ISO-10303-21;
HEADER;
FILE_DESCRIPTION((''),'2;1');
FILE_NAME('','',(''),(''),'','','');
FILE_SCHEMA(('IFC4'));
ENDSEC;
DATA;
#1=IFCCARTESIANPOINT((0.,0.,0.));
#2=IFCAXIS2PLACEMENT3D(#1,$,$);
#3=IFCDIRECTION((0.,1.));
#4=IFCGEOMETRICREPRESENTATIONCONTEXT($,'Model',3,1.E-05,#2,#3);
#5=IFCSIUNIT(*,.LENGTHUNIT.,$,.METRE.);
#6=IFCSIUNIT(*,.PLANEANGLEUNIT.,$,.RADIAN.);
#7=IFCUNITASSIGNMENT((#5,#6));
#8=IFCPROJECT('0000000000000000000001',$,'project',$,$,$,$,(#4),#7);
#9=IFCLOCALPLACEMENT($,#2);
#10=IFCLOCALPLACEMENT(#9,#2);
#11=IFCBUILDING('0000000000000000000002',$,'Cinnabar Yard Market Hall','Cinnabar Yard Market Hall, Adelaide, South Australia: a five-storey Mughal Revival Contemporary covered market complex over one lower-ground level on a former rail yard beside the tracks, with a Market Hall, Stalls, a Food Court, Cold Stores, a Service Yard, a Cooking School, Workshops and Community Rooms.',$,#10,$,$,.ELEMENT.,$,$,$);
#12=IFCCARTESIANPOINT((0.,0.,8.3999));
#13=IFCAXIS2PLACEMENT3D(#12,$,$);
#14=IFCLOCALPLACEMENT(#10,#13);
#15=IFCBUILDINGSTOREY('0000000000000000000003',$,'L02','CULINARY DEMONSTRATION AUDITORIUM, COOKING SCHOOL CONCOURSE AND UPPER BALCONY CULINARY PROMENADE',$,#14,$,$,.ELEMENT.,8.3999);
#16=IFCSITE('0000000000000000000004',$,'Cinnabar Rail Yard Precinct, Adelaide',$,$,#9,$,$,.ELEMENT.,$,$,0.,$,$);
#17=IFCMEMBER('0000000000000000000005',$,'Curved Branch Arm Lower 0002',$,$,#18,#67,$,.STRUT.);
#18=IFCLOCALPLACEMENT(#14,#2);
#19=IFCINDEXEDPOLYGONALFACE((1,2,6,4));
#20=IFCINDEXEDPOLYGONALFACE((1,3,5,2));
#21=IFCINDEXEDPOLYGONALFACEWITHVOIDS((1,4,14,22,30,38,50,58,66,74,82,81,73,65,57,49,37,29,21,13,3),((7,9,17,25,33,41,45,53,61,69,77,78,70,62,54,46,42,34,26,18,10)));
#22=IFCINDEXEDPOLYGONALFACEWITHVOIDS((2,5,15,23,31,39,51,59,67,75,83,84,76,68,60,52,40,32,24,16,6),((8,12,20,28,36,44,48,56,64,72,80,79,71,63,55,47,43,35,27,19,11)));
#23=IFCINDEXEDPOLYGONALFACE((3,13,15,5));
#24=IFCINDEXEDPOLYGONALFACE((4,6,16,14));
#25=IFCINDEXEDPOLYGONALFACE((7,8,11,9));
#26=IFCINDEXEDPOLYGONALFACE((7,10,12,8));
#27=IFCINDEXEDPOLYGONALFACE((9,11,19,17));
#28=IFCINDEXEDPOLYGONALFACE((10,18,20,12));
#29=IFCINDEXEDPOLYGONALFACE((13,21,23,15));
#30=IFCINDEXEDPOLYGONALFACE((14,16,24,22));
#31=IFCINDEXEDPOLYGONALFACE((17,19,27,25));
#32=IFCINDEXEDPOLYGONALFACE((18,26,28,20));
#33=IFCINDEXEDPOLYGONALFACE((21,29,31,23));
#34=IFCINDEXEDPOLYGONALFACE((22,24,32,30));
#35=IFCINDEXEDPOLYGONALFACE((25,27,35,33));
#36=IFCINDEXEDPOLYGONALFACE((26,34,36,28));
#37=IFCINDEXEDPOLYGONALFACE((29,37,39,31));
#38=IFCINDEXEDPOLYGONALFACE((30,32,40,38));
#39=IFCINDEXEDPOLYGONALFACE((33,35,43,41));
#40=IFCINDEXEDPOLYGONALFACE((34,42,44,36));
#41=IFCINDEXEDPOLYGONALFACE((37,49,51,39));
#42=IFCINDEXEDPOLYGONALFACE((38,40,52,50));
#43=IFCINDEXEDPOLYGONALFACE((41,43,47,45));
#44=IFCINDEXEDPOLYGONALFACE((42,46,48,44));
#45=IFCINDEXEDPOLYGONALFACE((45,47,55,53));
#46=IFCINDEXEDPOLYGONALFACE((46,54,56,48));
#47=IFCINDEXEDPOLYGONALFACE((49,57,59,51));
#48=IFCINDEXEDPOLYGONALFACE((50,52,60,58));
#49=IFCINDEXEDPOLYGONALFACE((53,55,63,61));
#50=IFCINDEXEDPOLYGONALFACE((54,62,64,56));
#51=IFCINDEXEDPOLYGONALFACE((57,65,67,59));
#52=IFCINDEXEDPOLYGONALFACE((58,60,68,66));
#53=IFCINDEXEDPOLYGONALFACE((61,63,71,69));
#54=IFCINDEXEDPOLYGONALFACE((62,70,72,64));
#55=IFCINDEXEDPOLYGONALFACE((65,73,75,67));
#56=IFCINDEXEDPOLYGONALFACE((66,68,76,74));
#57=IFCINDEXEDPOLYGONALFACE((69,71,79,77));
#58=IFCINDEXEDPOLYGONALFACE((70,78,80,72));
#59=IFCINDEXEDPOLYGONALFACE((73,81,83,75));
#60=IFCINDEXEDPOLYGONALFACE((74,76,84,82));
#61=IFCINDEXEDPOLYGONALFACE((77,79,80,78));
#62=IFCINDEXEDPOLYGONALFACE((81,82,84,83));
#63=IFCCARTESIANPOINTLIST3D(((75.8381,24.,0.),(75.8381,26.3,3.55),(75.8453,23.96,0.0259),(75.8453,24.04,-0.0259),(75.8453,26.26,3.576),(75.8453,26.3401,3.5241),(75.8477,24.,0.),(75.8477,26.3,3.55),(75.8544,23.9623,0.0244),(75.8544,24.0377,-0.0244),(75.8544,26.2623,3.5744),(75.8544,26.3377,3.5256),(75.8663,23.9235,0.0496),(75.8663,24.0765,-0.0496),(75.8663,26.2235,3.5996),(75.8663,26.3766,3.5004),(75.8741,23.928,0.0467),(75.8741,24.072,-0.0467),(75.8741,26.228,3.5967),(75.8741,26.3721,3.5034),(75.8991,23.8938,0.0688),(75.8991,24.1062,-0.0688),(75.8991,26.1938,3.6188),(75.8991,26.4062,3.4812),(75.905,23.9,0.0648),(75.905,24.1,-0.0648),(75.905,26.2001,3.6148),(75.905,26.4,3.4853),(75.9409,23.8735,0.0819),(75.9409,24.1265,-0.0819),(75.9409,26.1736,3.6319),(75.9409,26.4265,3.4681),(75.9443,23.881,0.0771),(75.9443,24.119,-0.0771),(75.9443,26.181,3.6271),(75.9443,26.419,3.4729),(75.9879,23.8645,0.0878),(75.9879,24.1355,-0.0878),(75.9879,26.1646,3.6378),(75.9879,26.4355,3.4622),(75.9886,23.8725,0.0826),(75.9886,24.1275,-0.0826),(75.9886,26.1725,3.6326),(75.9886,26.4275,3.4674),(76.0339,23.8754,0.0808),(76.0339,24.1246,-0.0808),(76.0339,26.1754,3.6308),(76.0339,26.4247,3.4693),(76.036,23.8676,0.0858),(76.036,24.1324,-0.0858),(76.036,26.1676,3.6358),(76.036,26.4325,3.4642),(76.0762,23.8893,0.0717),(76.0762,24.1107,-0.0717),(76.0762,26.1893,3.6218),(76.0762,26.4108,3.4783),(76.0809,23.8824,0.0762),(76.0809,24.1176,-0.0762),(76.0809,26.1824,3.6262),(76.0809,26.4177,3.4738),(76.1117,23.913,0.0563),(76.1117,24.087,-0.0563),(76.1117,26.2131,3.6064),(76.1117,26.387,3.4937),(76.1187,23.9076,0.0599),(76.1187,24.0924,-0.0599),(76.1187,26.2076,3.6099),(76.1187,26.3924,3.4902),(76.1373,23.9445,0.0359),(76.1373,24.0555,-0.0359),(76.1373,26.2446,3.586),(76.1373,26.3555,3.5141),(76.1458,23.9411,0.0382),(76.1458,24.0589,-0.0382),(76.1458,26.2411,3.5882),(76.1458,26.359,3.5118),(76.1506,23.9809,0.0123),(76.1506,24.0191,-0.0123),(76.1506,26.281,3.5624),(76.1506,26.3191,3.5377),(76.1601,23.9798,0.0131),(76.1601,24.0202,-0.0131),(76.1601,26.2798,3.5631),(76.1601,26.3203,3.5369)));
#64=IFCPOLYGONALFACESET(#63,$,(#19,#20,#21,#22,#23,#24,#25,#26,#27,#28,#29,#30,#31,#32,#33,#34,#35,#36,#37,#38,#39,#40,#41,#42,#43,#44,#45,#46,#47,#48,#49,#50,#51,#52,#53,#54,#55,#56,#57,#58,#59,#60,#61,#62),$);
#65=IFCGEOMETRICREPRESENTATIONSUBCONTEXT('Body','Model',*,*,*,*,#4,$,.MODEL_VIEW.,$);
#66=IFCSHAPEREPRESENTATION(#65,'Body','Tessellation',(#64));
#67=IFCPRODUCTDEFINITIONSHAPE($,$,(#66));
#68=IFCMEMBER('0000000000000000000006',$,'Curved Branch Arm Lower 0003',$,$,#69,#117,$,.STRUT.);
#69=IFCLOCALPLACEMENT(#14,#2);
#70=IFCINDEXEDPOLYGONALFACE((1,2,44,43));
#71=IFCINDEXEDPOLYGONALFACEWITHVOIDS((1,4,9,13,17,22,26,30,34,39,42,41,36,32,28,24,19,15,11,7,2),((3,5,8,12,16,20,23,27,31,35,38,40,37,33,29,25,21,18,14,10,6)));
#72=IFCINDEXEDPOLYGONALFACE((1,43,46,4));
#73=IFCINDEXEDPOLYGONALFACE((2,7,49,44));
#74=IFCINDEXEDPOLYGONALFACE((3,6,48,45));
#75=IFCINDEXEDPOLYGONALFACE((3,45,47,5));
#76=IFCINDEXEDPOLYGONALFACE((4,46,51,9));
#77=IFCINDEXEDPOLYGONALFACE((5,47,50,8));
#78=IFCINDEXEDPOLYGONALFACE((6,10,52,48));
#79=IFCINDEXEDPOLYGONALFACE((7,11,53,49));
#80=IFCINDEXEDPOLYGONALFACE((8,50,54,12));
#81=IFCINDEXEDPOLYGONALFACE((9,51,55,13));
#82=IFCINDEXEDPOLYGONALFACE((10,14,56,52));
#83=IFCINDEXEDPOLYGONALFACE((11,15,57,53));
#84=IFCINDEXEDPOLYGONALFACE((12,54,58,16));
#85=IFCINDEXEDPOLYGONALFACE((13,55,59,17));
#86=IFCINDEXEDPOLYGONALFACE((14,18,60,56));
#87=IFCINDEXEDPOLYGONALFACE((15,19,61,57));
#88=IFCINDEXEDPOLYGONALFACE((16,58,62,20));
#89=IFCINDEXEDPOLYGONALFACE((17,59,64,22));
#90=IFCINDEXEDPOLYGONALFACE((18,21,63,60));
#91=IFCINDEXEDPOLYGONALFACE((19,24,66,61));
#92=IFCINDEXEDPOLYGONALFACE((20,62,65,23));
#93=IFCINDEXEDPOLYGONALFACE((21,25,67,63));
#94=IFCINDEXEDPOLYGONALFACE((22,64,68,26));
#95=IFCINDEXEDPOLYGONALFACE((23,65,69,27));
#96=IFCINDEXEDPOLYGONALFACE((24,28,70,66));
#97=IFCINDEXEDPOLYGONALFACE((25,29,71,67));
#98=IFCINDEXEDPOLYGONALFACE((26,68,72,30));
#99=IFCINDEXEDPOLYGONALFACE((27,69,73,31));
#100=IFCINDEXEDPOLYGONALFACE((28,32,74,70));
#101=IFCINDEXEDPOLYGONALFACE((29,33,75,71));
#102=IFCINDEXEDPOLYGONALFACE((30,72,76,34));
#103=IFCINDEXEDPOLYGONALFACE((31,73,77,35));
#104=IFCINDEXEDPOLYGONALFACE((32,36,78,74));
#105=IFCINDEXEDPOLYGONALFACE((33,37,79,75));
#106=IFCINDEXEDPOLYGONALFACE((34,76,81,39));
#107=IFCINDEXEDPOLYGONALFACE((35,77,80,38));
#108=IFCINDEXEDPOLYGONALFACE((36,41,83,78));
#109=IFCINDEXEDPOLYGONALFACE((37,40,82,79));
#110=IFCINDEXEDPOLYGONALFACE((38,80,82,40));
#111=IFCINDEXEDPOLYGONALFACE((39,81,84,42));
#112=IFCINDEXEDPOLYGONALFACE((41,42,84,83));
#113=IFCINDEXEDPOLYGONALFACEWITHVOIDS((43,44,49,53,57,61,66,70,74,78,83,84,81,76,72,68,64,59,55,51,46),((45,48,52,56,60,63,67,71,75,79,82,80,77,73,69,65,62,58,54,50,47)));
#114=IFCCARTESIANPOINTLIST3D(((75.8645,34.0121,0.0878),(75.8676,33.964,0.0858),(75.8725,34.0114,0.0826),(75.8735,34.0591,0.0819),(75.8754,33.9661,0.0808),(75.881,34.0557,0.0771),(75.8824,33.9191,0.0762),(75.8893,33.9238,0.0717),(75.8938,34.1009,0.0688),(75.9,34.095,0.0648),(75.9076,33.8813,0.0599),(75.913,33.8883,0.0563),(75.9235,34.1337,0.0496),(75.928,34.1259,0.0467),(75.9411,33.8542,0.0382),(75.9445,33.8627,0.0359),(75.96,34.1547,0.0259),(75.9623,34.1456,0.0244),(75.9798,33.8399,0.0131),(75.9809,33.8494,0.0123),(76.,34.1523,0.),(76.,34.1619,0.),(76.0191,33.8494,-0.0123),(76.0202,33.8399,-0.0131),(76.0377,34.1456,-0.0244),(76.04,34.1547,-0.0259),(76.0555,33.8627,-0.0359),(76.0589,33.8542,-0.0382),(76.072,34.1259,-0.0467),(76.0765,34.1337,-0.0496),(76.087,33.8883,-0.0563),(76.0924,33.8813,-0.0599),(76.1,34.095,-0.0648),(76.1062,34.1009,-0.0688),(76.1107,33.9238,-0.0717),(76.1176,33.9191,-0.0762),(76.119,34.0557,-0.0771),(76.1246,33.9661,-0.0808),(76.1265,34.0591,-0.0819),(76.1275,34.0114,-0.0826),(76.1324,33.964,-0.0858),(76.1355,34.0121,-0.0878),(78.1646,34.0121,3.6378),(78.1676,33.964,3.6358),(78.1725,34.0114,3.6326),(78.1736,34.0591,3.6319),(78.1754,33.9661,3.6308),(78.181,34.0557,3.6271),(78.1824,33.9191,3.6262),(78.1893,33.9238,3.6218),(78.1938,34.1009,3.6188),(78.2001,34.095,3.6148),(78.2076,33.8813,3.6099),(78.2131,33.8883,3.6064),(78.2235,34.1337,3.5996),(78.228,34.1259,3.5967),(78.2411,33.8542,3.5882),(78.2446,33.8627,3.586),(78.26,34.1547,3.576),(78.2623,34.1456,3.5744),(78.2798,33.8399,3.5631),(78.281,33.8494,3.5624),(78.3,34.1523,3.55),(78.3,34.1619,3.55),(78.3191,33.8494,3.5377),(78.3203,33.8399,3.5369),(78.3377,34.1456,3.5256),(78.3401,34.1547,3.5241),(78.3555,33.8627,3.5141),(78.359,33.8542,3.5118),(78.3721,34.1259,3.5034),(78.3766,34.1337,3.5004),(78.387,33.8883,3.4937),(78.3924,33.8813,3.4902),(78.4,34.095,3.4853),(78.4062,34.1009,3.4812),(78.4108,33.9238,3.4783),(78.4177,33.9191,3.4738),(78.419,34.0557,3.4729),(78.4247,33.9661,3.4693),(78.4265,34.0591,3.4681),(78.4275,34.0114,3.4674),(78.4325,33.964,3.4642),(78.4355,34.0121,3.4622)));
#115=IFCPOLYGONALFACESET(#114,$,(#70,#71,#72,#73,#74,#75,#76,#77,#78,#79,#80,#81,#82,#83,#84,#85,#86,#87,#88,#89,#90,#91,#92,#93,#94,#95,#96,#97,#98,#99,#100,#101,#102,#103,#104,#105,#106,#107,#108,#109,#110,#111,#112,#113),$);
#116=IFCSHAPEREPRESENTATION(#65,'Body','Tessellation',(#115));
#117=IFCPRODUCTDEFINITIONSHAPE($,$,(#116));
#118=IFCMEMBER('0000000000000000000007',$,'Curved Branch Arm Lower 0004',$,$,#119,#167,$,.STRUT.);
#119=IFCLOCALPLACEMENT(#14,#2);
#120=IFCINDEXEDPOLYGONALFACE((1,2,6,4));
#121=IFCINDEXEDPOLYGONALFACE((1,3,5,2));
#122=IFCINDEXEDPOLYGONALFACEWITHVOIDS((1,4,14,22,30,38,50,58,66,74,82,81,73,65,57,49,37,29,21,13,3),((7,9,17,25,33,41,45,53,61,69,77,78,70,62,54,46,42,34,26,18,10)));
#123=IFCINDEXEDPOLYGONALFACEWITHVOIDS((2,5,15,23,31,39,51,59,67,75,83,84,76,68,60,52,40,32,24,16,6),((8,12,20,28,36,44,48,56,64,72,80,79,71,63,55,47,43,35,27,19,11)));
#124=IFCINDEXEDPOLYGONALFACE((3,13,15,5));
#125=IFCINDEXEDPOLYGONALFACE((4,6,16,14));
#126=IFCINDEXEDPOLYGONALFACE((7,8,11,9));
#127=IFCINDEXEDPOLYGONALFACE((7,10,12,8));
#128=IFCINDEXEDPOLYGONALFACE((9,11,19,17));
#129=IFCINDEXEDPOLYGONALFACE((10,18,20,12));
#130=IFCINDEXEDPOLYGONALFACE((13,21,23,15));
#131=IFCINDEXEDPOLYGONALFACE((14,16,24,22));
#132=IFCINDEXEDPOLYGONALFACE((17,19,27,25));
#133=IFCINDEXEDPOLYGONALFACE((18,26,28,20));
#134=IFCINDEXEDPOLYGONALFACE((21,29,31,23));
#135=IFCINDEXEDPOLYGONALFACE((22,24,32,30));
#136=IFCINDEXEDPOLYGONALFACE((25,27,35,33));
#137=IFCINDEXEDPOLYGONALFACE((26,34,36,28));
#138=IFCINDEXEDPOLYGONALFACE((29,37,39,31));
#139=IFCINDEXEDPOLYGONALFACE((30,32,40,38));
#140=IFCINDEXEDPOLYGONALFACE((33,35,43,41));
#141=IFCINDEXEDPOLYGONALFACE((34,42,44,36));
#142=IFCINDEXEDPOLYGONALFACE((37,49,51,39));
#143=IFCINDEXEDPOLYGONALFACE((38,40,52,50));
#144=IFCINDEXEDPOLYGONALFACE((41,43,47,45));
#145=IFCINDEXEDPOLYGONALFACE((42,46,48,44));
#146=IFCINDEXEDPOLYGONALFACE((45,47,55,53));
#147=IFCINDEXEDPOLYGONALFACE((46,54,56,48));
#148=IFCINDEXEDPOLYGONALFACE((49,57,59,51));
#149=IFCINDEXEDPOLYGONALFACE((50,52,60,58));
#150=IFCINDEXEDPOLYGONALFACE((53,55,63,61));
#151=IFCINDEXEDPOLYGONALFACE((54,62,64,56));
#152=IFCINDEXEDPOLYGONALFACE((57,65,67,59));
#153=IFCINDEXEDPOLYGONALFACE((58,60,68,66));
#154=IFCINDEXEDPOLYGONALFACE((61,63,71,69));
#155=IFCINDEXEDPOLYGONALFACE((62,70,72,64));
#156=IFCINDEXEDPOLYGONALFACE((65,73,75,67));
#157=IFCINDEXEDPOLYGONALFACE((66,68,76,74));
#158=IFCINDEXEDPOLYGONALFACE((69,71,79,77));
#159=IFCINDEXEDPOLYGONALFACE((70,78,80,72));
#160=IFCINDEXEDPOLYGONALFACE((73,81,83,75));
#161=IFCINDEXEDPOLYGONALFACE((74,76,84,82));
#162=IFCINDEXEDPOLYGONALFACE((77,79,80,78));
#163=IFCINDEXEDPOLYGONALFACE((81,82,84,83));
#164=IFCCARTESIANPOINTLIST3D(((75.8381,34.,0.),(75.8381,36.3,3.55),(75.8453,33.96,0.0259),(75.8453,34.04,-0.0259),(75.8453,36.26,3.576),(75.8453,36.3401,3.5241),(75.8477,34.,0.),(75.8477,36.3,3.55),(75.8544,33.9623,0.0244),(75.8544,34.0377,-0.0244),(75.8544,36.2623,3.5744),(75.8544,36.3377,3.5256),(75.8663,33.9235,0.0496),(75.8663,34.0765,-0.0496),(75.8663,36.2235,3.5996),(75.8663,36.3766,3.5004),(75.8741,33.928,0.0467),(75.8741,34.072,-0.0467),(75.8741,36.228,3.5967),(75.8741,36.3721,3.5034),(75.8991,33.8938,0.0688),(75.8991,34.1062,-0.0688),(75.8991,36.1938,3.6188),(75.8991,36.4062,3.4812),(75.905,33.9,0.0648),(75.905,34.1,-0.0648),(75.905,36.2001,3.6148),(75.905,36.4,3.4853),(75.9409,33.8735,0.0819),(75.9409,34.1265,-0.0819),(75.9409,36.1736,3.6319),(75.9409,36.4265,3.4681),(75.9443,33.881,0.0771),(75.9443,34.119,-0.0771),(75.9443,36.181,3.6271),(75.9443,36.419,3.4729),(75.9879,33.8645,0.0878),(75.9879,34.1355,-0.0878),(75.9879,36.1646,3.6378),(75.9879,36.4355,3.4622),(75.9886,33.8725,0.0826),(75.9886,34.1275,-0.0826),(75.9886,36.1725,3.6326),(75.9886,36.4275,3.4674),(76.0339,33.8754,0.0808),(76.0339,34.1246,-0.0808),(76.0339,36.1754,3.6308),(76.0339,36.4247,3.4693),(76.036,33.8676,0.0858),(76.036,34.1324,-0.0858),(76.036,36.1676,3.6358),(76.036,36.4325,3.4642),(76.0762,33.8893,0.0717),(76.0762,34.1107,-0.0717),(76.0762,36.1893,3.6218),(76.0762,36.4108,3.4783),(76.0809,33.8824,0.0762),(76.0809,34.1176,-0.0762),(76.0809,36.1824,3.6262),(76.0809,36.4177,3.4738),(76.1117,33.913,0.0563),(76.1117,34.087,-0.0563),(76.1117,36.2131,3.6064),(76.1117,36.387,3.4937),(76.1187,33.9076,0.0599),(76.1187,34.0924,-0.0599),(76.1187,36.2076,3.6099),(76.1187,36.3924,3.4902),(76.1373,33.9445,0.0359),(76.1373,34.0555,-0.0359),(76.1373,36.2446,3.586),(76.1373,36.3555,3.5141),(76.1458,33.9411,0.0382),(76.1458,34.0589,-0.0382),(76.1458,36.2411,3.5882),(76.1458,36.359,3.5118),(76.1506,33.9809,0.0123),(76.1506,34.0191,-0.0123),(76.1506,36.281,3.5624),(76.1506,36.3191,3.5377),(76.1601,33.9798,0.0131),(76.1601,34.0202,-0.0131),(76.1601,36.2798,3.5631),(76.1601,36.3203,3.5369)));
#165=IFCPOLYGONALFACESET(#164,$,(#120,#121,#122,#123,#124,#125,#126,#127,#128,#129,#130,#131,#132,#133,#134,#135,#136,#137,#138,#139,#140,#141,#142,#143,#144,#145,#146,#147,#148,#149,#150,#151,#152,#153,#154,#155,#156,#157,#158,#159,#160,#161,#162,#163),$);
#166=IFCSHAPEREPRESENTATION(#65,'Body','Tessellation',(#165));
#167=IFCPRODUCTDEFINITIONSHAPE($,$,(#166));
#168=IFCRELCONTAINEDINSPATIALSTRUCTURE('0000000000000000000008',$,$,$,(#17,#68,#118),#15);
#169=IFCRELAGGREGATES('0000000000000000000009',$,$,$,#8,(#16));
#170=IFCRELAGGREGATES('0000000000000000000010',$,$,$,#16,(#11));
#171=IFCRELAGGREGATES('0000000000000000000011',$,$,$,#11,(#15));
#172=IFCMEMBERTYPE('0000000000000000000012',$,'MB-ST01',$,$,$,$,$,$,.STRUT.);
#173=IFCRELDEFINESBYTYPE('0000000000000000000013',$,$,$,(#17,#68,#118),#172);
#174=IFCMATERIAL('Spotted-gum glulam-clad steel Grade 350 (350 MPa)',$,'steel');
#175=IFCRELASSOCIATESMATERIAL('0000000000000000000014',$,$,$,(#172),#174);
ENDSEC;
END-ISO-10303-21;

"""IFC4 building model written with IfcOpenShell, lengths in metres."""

from ifc_helpers import new_model, si_unit, direction, frame, origin, origin_2d_with_axis, place, context, subcontext, project, spatial, hollow_circle, extrude, material, material_profile, profile_set, type_object, element, save


model = new_model("IFC4")

# Units and contexts
model_context = context("Model", 3, precision=1e-05, world=origin(), true_north=direction((0.0, 1.0)))
body_context = subcontext(model_context, "Body", "Model", "MODEL_VIEW")
ifc_project = project(units=[si_unit("LENGTHUNIT", "METRE"), si_unit("PLANEANGLEUNIT", "RADIAN")], contexts=[model_context])

# Site, building, storey
site_placement = place(None, origin())
site = spatial("IfcSite", under=ifc_project, at=site_placement, Name="Cinnabar Rail Yard Precinct, Adelaide", CompositionType="ELEMENT", RefElevation=0.0)
building_placement = place(site_placement, origin())
building = spatial("IfcBuilding", under=site, at=building_placement, Name="Cinnabar Yard Market Hall", Description="Cinnabar Yard Market Hall, Adelaide, South Australia: a five-storey Mughal Revival Contemporary covered market complex over one lower-ground level on a former rail yard beside the tracks, with a Market Hall, Stalls, a Food Court, Cold Stores, a Service Yard, a Cooking School, Workshops and Community Rooms.", CompositionType="ELEMENT")
storey_placement = place(building_placement, frame((0.0, 0.0, 8.3999)))
storey = spatial("IfcBuildingStorey", under=building, at=storey_placement, Name="L02", Description="CULINARY DEMONSTRATION AUDITORIUM, COOKING SCHOOL CONCOURSE AND UPPER BALCONY CULINARY PROMENADE", CompositionType="ELEMENT", Elevation=8.3999)

# Shared definitions
ifc_material_1 = material(Name="Spotted-gum glulam-clad steel Grade 350 (350 MPa)", Category="steel")

# Members
ifc_material_profile_1 = material_profile(ifc_material_1, hollow_circle(Radius=0.1619, WallThickness=0.0095, at=origin_2d_with_axis()), Name="323.9x9.5CHS")
ifc_profile_set_1 = profile_set([ifc_material_profile_1], Name="Spotted-gum glulam-clad steel Grade 350 (350 MPa)")
member_type_1 = type_object("IfcMemberType", Name="MB-ST01", PredefinedType="STRUT", material=ifc_profile_set_1)
for number, where, z_axis, x_axis, name in (
    (1, (76.0, 24.0, 0.0), (0.0, 0.543744, 0.839251), (-1.0, 0.0, 0.0), "Curved Branch Arm Lower 0002"),
    (2, (76.0, 34.0, 0.0), (0.543744, 0.0, 0.839251), (0.0, 1.0, 0.0), "Curved Branch Arm Lower 0003"),
    (3, (76.0, 34.0, 0.0), (0.0, 0.543744, 0.839251), (-1.0, 0.0, 0.0), "Curved Branch Arm Lower 0004"),
):
    element("IfcMember", number, at=place(storey_placement, frame(where, z_axis=z_axis, x_axis=x_axis)), inside=storey, type_object=member_type_1, Name=name, PredefinedType="STRUT", context=body_context, shape_type="SweptSolid", body=[
        extrude(hollow_circle(Radius=0.1619, WallThickness=0.0095, at=origin_2d_with_axis()), origin(), (0.0, 0.0, 1.0), 4.23),
    ])

save(model, "model.ifc")
